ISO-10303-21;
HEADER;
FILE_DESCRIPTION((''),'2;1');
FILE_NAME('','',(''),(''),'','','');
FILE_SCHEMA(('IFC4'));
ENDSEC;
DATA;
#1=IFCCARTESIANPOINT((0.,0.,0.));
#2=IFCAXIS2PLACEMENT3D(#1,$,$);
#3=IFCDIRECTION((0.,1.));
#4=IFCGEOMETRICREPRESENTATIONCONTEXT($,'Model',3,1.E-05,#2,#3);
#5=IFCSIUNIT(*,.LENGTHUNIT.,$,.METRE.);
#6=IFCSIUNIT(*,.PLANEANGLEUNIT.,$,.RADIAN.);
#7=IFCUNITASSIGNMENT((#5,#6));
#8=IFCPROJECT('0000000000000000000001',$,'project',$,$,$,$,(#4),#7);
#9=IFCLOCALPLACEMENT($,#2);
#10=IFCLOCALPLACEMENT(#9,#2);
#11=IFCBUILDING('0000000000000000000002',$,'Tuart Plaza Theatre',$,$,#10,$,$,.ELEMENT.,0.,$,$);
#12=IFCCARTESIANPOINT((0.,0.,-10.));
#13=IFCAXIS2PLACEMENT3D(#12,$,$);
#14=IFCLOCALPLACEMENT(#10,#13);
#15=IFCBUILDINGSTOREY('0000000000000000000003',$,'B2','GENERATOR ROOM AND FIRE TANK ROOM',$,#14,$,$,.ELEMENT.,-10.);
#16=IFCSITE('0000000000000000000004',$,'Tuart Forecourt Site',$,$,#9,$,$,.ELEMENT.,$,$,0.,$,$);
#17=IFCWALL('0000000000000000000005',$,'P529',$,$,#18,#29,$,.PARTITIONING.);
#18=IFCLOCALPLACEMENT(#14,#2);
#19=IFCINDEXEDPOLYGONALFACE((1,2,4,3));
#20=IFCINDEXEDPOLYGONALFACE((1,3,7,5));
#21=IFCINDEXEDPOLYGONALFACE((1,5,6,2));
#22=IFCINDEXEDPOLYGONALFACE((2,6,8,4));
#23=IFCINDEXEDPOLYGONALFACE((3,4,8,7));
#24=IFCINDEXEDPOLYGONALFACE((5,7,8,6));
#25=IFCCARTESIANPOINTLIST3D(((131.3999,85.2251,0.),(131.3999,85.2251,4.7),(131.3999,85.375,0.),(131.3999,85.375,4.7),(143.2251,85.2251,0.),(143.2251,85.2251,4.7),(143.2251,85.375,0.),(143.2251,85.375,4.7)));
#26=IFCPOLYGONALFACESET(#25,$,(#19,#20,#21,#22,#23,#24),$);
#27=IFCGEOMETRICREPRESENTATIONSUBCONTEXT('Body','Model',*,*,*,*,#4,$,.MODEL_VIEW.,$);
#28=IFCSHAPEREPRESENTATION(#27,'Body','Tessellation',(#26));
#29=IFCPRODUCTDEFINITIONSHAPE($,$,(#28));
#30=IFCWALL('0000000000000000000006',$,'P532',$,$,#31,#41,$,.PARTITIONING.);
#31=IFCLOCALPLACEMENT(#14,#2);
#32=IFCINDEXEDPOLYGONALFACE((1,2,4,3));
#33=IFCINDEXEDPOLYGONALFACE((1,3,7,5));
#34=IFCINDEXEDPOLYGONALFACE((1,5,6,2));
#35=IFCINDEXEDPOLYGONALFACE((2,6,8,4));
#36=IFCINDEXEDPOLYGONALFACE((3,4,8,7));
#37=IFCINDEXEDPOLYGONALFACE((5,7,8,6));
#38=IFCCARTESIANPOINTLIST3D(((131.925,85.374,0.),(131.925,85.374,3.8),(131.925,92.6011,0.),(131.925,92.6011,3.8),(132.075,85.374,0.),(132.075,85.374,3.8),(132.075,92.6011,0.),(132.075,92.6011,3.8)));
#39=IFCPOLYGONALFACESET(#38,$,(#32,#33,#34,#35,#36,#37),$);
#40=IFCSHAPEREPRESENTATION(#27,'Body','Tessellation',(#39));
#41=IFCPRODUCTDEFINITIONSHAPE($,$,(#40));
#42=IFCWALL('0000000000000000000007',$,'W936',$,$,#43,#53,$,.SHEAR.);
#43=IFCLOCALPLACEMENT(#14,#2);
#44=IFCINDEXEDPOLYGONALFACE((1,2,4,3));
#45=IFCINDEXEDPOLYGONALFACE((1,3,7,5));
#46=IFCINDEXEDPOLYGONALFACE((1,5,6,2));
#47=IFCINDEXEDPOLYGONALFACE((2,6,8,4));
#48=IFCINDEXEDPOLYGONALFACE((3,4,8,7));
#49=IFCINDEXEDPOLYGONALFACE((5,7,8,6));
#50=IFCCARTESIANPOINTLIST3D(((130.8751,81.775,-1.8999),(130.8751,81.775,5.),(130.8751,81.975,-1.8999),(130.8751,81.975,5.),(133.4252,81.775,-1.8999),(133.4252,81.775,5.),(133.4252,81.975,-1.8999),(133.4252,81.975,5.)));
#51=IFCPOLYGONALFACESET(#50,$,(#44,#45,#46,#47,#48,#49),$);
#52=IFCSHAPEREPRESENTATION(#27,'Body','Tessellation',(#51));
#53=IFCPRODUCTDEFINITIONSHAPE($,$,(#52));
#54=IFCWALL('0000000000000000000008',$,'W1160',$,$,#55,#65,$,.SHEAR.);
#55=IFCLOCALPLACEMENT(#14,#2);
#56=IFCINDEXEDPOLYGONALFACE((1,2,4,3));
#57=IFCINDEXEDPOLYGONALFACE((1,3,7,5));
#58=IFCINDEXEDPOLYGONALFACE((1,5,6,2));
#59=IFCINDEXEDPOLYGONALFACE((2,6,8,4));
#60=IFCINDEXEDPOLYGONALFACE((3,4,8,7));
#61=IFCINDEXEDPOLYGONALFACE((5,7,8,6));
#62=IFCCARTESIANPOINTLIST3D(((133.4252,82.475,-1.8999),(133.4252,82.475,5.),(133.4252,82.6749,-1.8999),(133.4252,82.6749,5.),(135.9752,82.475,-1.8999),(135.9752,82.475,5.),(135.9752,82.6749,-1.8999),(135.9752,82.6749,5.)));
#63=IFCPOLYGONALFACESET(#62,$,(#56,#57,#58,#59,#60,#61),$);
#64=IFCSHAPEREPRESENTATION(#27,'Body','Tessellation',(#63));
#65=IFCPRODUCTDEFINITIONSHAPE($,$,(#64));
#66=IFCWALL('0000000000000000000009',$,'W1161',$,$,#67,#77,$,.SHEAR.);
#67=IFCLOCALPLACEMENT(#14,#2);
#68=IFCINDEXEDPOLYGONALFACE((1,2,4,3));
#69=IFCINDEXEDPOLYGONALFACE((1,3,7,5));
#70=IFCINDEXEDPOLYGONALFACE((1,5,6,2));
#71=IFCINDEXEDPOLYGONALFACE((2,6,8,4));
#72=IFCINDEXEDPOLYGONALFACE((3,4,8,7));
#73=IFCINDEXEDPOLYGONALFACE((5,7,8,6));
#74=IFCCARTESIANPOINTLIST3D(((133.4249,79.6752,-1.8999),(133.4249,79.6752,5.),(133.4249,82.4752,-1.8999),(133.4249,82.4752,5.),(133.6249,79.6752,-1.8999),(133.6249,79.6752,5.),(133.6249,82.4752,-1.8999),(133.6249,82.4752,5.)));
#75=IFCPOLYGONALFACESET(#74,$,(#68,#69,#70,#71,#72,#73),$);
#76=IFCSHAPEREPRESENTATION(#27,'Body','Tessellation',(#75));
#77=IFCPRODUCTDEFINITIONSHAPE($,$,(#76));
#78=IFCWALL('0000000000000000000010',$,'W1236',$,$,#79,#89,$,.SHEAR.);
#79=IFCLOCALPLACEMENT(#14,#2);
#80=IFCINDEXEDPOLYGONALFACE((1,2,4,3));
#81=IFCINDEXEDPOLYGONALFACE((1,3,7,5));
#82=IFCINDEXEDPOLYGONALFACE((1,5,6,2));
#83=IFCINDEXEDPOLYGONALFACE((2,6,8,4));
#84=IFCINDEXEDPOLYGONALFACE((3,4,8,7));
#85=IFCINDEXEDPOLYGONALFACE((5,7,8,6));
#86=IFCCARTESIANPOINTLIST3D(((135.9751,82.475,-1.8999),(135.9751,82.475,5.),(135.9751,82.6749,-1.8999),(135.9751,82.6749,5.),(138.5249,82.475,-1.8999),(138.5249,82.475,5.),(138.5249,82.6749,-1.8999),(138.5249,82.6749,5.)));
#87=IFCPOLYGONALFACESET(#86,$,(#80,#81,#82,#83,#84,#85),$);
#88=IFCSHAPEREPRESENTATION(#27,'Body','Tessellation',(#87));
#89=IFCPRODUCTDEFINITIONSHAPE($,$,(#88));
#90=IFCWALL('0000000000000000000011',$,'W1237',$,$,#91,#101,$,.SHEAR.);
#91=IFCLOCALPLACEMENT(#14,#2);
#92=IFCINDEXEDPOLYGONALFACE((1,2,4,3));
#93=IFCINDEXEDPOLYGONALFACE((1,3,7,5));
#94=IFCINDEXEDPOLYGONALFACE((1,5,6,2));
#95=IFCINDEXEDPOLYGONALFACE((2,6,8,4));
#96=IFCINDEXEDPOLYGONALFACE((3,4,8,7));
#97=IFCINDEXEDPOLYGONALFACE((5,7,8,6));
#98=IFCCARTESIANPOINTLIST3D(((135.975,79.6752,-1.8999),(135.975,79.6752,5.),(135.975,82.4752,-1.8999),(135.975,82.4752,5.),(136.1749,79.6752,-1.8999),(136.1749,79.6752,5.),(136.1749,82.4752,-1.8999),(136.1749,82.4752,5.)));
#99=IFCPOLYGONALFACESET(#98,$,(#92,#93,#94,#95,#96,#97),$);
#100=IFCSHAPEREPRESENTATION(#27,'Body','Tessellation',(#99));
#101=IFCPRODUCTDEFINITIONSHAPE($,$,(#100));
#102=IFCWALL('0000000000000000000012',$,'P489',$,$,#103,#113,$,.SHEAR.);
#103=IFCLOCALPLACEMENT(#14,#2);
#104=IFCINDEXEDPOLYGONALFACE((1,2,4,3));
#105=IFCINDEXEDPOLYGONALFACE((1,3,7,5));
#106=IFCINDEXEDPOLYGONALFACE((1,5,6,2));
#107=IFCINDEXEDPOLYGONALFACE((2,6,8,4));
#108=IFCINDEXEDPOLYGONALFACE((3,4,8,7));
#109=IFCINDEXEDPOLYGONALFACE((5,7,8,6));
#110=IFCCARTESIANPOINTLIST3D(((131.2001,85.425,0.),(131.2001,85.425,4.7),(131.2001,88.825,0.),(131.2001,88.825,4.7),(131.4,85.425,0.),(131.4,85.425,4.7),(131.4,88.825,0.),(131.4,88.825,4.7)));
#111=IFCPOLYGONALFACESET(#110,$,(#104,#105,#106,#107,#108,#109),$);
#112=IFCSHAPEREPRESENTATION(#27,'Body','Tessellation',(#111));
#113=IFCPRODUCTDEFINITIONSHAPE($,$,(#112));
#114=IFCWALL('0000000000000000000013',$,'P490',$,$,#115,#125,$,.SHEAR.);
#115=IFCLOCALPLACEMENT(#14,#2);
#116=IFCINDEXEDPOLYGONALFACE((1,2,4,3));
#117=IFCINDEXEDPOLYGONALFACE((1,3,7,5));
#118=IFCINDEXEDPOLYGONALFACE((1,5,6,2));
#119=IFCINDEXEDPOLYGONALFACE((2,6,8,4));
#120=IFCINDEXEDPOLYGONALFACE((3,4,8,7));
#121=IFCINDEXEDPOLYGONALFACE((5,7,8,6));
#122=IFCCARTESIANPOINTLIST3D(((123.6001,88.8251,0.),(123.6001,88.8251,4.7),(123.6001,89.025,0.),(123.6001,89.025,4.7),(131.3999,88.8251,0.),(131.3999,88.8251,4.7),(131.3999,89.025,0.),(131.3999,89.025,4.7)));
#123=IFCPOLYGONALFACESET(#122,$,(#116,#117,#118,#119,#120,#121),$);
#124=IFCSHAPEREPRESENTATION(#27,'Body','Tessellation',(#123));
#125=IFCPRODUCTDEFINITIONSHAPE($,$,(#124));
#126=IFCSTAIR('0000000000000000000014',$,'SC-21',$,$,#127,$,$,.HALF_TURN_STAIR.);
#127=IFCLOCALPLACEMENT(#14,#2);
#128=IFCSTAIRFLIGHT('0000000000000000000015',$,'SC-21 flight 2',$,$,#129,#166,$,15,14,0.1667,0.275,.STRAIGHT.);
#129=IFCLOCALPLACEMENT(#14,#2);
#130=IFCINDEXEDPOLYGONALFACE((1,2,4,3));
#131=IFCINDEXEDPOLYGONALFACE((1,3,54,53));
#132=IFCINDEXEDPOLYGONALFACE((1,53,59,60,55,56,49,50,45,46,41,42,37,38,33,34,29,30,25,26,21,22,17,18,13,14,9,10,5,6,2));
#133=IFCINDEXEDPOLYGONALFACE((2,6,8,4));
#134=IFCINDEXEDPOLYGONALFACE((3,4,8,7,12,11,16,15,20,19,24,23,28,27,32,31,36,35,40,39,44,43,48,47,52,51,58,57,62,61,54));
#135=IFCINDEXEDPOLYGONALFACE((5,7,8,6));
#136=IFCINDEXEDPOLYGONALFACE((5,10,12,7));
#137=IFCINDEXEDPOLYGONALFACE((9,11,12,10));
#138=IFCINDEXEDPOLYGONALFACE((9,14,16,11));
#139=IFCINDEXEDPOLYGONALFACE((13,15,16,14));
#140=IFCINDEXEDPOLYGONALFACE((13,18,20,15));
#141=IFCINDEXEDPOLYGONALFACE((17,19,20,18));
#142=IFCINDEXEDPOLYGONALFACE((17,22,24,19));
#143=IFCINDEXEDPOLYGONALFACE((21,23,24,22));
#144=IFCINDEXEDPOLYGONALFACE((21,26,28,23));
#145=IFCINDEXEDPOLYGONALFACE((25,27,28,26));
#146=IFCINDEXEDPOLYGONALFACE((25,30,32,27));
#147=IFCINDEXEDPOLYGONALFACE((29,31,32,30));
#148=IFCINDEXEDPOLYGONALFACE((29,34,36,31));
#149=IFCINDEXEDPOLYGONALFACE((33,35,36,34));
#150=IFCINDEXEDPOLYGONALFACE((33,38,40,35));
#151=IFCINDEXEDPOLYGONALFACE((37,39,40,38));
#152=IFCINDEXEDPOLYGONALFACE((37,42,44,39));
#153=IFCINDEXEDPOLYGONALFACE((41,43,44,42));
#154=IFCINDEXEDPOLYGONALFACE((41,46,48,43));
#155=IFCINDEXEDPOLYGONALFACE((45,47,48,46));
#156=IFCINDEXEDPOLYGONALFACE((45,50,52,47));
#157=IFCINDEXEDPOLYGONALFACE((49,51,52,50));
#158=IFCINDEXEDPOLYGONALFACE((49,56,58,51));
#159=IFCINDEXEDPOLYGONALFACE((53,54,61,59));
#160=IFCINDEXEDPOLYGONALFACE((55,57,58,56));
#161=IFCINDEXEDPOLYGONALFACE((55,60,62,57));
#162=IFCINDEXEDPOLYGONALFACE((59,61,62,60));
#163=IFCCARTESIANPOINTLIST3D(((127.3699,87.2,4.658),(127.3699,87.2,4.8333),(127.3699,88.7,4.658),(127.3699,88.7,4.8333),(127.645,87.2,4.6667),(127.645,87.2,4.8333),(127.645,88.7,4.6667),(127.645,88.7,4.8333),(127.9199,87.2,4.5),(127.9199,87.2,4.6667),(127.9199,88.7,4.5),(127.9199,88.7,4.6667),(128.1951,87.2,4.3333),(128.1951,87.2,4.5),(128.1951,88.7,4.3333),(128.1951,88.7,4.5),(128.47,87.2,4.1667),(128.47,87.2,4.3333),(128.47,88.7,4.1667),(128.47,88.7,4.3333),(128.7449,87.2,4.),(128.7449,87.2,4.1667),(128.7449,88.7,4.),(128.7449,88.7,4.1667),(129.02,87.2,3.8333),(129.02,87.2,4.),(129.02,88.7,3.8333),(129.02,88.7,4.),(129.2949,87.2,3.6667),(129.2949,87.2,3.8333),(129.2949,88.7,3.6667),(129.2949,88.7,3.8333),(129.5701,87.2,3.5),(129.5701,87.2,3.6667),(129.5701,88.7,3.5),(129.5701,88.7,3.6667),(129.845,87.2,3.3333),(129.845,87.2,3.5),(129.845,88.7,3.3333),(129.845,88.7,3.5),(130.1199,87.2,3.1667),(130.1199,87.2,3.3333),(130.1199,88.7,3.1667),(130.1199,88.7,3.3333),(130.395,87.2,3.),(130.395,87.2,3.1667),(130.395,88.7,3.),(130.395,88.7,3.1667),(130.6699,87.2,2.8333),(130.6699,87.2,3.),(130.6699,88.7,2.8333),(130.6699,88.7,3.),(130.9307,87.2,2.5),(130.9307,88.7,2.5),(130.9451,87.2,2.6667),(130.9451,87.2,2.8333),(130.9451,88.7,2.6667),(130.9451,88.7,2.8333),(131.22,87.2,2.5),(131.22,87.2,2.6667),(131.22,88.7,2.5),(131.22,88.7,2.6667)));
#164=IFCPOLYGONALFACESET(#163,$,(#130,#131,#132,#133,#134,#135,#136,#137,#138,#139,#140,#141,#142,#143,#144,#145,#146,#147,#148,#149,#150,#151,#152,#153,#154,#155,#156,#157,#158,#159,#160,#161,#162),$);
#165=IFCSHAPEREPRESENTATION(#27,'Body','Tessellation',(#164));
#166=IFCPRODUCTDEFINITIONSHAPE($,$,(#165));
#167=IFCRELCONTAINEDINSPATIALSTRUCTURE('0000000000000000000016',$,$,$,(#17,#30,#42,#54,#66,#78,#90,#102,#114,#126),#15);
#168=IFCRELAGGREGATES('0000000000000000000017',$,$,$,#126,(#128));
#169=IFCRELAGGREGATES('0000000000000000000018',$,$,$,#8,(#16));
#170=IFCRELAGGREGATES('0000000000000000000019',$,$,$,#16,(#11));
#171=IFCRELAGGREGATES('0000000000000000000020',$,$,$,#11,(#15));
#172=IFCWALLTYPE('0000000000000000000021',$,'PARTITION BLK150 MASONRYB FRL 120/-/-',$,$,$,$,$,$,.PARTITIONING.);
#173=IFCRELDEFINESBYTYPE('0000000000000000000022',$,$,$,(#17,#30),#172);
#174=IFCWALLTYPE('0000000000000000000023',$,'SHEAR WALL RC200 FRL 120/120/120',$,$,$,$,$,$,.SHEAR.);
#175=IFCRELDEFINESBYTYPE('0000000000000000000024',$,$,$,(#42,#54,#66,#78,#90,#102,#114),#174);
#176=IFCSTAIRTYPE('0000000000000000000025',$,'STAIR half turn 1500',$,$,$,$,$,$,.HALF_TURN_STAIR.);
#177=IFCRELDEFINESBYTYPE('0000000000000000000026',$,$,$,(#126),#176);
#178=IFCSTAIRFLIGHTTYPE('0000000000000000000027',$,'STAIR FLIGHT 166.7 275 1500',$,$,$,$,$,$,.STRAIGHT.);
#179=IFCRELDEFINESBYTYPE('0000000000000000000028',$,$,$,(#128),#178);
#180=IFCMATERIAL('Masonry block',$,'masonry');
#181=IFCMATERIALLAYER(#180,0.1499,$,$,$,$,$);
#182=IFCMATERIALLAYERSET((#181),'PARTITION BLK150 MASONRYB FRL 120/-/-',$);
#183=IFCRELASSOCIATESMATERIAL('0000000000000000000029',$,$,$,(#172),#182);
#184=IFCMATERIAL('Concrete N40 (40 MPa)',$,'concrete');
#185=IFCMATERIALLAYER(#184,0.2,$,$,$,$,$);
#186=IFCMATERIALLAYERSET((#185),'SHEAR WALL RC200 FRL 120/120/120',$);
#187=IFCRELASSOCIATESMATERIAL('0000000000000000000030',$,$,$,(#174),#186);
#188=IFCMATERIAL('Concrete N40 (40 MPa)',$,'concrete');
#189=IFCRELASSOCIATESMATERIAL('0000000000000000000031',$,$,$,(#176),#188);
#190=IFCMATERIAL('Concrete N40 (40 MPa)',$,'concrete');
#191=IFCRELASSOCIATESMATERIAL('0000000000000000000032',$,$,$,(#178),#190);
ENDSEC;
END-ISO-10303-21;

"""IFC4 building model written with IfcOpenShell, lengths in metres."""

from ifc_helpers import new_model, si_unit, direction, frame, frame_2d, origin, place, context, subcontext, project, spatial, polyline, rectangle, outline, extrude, material, layer, layer_set, type_object, element, aggregate, save


model = new_model("IFC4")

# Units and contexts
model_context = context("Model", 3, precision=1e-05, world=origin(), true_north=direction((0.0, 1.0)))
body_context = subcontext(model_context, "Body", "Model", "MODEL_VIEW")
ifc_project = project(units=[si_unit("LENGTHUNIT", "METRE"), si_unit("PLANEANGLEUNIT", "RADIAN")], contexts=[model_context])

# Site, building, storey
site_placement = place(None, origin())
site = spatial("IfcSite", under=ifc_project, at=site_placement, Name="Tuart Forecourt Site", CompositionType="ELEMENT", RefElevation=0.0)
building_placement = place(site_placement, origin())
building = spatial("IfcBuilding", under=site, at=building_placement, Name="Tuart Plaza Theatre", CompositionType="ELEMENT", ElevationOfRefHeight=0.0)
storey_placement = place(building_placement, frame((0.0, 0.0, -10.0)))
storey = spatial("IfcBuildingStorey", under=building, at=storey_placement, Name="B2", Description="GENERATOR ROOM AND FIRE TANK ROOM", CompositionType="ELEMENT", Elevation=-10.0)

# Walls
ifc_material_1 = material(Name="Masonry block", Category="masonry")
ifc_layer_1 = layer(ifc_material_1, 0.1499)
ifc_layer_set_1 = layer_set([ifc_layer_1], Name="PARTITION BLK150 MASONRYB FRL 120/-/-")
wall_type_1 = type_object("IfcWallType", Name="PARTITION BLK150 MASONRYB FRL 120/-/-", PredefinedType="PARTITIONING", material=ifc_layer_set_1)
wall_1_placement = place(storey_placement, frame((131.3999, 85.3, 0.0), z_axis=(0.0, 0.0, 1.0), x_axis=(1.0, 0.0, 0.0)))
element("IfcWall", 1, at=wall_1_placement, inside=storey, type_object=wall_type_1, Name="P529", PredefinedType="PARTITIONING", context=body_context, shape_type="SweptSolid", body=[
    extrude(rectangle(XDim=11.8252, YDim=0.1499, at=frame_2d((5.9126, 0.0))), origin(), (0.0, 0.0, 1.0), 4.7),
])
wall_2_placement = place(storey_placement, frame((132.0, 85.374, 0.0), z_axis=(0.0, 0.0, 1.0), x_axis=(0.0, 1.0, 0.0)))
element("IfcWall", 2, at=wall_2_placement, inside=storey, type_object=wall_type_1, Name="P532", PredefinedType="PARTITIONING", context=body_context, shape_type="SweptSolid", body=[
    extrude(rectangle(XDim=7.2271, YDim=0.1499, at=frame_2d((3.6135, 0.0))), origin(), (0.0, 0.0, 1.0), 3.8),
])
ifc_material_2 = material(Name="Concrete N40 (40 MPa)", Category="concrete")
ifc_layer_2 = layer(ifc_material_2, 0.2)
ifc_layer_set_2 = layer_set([ifc_layer_2], Name="SHEAR WALL RC200 FRL 120/120/120")
wall_type_2 = type_object("IfcWallType", Name="SHEAR WALL RC200 FRL 120/120/120", PredefinedType="SHEAR", material=ifc_layer_set_2)
for number, where, z_axis, x_axis, name in (
    (3, (133.425, 81.875, -1.8999), (0.0, 0.0, 1.0), (-1.0, 0.0, 0.0), "W936"),
    (4, (135.9751, 82.575, -1.8999), (0.0, 0.0, 1.0), (-1.0, 0.0, 0.0), "W1160"),
):
    element("IfcWall", number, at=place(storey_placement, frame(where, z_axis=z_axis, x_axis=x_axis)), inside=storey, type_object=wall_type_2, Name=name, PredefinedType="SHEAR", context=body_context, shape_type="SweptSolid", body=[
        extrude(rectangle(XDim=2.55, YDim=0.2, at=frame_2d((1.2749, 0.0))), origin(), (0.0, 0.0, 1.0), 6.8999),
    ])
wall_3_placement = place(storey_placement, frame((133.5249, 82.4751, -1.8999), z_axis=(0.0, 0.0, 1.0), x_axis=(0.0, -1.0, 0.0)))
element("IfcWall", 5, at=wall_3_placement, inside=storey, type_object=wall_type_2, Name="W1161", PredefinedType="SHEAR", context=body_context, shape_type="SweptSolid", body=[
    extrude(rectangle(XDim=2.8, YDim=0.2, at=frame_2d((1.3999, 0.0))), origin(), (0.0, 0.0, 1.0), 6.8999),
])
wall_4_placement = place(storey_placement, frame((138.5249, 82.575, -1.8999), z_axis=(0.0, 0.0, 1.0), x_axis=(-1.0, 0.0, 0.0)))
element("IfcWall", 6, at=wall_4_placement, inside=storey, type_object=wall_type_2, Name="W1236", PredefinedType="SHEAR", context=body_context, shape_type="SweptSolid", body=[
    extrude(rectangle(XDim=2.5498, YDim=0.2, at=frame_2d((1.2749, 0.0))), origin(), (0.0, 0.0, 1.0), 6.8999),
])
wall_5_placement = place(storey_placement, frame((136.075, 82.4751, -1.8999), z_axis=(0.0, 0.0, 1.0), x_axis=(0.0, -1.0, 0.0)))
element("IfcWall", 7, at=wall_5_placement, inside=storey, type_object=wall_type_2, Name="W1237", PredefinedType="SHEAR", context=body_context, shape_type="SweptSolid", body=[
    extrude(rectangle(XDim=2.8, YDim=0.2, at=frame_2d((1.3999, 0.0))), origin(), (0.0, 0.0, 1.0), 6.8999),
])
wall_6_placement = place(storey_placement, frame((131.3, 85.425, 0.0), z_axis=(0.0, 0.0, 1.0), x_axis=(0.0, 1.0, 0.0)))
element("IfcWall", 8, at=wall_6_placement, inside=storey, type_object=wall_type_2, Name="P489", PredefinedType="SHEAR", context=body_context, shape_type="SweptSolid", body=[
    extrude(rectangle(XDim=3.3999, YDim=0.2, at=frame_2d((1.7, 0.0))), origin(), (0.0, 0.0, 1.0), 4.7),
])
wall_7_placement = place(storey_placement, frame((131.3999, 88.925, 0.0), z_axis=(0.0, 0.0, 1.0), x_axis=(-1.0, 0.0, 0.0)))
element("IfcWall", 9, at=wall_7_placement, inside=storey, type_object=wall_type_2, Name="P490", PredefinedType="SHEAR", context=body_context, shape_type="SweptSolid", body=[
    extrude(rectangle(XDim=7.7998, YDim=0.2, at=frame_2d((3.8999, 0.0))), origin(), (0.0, 0.0, 1.0), 4.7),
])

# Stair, stair flight
ifc_material_3 = material(Name="Concrete N40 (40 MPa)", Category="concrete")
stair_type = type_object("IfcStairType", Name="STAIR half turn 1500", PredefinedType="HALF_TURN_STAIR", material=ifc_material_3)
stair_placement = place(storey_placement, origin())
stair = element("IfcStair", 10, at=stair_placement, inside=storey, type_object=stair_type, Name="SC-21", PredefinedType="HALF_TURN_STAIR")
ifc_material_4 = material(Name="Concrete N40 (40 MPa)", Category="concrete")
stair_flight_type = type_object("IfcStairFlightType", Name="STAIR FLIGHT 166.7 275 1500", PredefinedType="STRAIGHT", material=ifc_material_4)
stair_flight_placement = place(storey_placement, frame((131.22, 87.95, 2.5), z_axis=(0.0, 0.0, 1.0), x_axis=(-1.0, 0.0, 0.0)))
stair_flight = element("IfcStairFlight", 11, at=stair_flight_placement, type_object=stair_flight_type, Name="SC-21 flight 2", NumberOfRisers=15, NumberOfTreads=14, PredefinedType="STRAIGHT", RiserHeight=0.1667, TreadLength=0.275, context=body_context, shape_type="SweptSolid", body=[
    extrude(outline(polyline([(0.0, 0.0), (0.0, 0.1667), (0.2749, 0.1667), (0.2749, 0.3333), (0.55, 0.3333), (0.55, 0.5), (0.825, 0.5), (0.825, 0.6667), (1.1001, 0.6667), (1.1001, 0.8333), (1.375, 0.8333), (1.375, 1.0), (1.6499, 1.0), (1.6499, 1.1667), (1.925, 1.1667), (1.925, 1.3333), (2.2, 1.3333), (2.2, 1.5), (2.4751, 1.5), (2.4751, 1.6667), (2.75, 1.6667), (2.75, 1.8333), (3.0249, 1.8333), (3.0249, 2.0), (3.3, 2.0), (3.3, 2.1667), (3.575, 2.1667), (3.575, 2.3333), (3.8501, 2.3333), (3.8501, 2.5), (3.8501, 2.158), (0.2893, 0.0), (0.0, 0.0)])), frame((0.0, 0.75, 0.0), z_axis=(0.0, -1.0, 0.0), x_axis=(1.0, 0.0, 0.0)), (0.0, 0.0, 1.0), 1.5),
])
aggregate(stair, [stair_flight])

save(model, "model.ifc")
